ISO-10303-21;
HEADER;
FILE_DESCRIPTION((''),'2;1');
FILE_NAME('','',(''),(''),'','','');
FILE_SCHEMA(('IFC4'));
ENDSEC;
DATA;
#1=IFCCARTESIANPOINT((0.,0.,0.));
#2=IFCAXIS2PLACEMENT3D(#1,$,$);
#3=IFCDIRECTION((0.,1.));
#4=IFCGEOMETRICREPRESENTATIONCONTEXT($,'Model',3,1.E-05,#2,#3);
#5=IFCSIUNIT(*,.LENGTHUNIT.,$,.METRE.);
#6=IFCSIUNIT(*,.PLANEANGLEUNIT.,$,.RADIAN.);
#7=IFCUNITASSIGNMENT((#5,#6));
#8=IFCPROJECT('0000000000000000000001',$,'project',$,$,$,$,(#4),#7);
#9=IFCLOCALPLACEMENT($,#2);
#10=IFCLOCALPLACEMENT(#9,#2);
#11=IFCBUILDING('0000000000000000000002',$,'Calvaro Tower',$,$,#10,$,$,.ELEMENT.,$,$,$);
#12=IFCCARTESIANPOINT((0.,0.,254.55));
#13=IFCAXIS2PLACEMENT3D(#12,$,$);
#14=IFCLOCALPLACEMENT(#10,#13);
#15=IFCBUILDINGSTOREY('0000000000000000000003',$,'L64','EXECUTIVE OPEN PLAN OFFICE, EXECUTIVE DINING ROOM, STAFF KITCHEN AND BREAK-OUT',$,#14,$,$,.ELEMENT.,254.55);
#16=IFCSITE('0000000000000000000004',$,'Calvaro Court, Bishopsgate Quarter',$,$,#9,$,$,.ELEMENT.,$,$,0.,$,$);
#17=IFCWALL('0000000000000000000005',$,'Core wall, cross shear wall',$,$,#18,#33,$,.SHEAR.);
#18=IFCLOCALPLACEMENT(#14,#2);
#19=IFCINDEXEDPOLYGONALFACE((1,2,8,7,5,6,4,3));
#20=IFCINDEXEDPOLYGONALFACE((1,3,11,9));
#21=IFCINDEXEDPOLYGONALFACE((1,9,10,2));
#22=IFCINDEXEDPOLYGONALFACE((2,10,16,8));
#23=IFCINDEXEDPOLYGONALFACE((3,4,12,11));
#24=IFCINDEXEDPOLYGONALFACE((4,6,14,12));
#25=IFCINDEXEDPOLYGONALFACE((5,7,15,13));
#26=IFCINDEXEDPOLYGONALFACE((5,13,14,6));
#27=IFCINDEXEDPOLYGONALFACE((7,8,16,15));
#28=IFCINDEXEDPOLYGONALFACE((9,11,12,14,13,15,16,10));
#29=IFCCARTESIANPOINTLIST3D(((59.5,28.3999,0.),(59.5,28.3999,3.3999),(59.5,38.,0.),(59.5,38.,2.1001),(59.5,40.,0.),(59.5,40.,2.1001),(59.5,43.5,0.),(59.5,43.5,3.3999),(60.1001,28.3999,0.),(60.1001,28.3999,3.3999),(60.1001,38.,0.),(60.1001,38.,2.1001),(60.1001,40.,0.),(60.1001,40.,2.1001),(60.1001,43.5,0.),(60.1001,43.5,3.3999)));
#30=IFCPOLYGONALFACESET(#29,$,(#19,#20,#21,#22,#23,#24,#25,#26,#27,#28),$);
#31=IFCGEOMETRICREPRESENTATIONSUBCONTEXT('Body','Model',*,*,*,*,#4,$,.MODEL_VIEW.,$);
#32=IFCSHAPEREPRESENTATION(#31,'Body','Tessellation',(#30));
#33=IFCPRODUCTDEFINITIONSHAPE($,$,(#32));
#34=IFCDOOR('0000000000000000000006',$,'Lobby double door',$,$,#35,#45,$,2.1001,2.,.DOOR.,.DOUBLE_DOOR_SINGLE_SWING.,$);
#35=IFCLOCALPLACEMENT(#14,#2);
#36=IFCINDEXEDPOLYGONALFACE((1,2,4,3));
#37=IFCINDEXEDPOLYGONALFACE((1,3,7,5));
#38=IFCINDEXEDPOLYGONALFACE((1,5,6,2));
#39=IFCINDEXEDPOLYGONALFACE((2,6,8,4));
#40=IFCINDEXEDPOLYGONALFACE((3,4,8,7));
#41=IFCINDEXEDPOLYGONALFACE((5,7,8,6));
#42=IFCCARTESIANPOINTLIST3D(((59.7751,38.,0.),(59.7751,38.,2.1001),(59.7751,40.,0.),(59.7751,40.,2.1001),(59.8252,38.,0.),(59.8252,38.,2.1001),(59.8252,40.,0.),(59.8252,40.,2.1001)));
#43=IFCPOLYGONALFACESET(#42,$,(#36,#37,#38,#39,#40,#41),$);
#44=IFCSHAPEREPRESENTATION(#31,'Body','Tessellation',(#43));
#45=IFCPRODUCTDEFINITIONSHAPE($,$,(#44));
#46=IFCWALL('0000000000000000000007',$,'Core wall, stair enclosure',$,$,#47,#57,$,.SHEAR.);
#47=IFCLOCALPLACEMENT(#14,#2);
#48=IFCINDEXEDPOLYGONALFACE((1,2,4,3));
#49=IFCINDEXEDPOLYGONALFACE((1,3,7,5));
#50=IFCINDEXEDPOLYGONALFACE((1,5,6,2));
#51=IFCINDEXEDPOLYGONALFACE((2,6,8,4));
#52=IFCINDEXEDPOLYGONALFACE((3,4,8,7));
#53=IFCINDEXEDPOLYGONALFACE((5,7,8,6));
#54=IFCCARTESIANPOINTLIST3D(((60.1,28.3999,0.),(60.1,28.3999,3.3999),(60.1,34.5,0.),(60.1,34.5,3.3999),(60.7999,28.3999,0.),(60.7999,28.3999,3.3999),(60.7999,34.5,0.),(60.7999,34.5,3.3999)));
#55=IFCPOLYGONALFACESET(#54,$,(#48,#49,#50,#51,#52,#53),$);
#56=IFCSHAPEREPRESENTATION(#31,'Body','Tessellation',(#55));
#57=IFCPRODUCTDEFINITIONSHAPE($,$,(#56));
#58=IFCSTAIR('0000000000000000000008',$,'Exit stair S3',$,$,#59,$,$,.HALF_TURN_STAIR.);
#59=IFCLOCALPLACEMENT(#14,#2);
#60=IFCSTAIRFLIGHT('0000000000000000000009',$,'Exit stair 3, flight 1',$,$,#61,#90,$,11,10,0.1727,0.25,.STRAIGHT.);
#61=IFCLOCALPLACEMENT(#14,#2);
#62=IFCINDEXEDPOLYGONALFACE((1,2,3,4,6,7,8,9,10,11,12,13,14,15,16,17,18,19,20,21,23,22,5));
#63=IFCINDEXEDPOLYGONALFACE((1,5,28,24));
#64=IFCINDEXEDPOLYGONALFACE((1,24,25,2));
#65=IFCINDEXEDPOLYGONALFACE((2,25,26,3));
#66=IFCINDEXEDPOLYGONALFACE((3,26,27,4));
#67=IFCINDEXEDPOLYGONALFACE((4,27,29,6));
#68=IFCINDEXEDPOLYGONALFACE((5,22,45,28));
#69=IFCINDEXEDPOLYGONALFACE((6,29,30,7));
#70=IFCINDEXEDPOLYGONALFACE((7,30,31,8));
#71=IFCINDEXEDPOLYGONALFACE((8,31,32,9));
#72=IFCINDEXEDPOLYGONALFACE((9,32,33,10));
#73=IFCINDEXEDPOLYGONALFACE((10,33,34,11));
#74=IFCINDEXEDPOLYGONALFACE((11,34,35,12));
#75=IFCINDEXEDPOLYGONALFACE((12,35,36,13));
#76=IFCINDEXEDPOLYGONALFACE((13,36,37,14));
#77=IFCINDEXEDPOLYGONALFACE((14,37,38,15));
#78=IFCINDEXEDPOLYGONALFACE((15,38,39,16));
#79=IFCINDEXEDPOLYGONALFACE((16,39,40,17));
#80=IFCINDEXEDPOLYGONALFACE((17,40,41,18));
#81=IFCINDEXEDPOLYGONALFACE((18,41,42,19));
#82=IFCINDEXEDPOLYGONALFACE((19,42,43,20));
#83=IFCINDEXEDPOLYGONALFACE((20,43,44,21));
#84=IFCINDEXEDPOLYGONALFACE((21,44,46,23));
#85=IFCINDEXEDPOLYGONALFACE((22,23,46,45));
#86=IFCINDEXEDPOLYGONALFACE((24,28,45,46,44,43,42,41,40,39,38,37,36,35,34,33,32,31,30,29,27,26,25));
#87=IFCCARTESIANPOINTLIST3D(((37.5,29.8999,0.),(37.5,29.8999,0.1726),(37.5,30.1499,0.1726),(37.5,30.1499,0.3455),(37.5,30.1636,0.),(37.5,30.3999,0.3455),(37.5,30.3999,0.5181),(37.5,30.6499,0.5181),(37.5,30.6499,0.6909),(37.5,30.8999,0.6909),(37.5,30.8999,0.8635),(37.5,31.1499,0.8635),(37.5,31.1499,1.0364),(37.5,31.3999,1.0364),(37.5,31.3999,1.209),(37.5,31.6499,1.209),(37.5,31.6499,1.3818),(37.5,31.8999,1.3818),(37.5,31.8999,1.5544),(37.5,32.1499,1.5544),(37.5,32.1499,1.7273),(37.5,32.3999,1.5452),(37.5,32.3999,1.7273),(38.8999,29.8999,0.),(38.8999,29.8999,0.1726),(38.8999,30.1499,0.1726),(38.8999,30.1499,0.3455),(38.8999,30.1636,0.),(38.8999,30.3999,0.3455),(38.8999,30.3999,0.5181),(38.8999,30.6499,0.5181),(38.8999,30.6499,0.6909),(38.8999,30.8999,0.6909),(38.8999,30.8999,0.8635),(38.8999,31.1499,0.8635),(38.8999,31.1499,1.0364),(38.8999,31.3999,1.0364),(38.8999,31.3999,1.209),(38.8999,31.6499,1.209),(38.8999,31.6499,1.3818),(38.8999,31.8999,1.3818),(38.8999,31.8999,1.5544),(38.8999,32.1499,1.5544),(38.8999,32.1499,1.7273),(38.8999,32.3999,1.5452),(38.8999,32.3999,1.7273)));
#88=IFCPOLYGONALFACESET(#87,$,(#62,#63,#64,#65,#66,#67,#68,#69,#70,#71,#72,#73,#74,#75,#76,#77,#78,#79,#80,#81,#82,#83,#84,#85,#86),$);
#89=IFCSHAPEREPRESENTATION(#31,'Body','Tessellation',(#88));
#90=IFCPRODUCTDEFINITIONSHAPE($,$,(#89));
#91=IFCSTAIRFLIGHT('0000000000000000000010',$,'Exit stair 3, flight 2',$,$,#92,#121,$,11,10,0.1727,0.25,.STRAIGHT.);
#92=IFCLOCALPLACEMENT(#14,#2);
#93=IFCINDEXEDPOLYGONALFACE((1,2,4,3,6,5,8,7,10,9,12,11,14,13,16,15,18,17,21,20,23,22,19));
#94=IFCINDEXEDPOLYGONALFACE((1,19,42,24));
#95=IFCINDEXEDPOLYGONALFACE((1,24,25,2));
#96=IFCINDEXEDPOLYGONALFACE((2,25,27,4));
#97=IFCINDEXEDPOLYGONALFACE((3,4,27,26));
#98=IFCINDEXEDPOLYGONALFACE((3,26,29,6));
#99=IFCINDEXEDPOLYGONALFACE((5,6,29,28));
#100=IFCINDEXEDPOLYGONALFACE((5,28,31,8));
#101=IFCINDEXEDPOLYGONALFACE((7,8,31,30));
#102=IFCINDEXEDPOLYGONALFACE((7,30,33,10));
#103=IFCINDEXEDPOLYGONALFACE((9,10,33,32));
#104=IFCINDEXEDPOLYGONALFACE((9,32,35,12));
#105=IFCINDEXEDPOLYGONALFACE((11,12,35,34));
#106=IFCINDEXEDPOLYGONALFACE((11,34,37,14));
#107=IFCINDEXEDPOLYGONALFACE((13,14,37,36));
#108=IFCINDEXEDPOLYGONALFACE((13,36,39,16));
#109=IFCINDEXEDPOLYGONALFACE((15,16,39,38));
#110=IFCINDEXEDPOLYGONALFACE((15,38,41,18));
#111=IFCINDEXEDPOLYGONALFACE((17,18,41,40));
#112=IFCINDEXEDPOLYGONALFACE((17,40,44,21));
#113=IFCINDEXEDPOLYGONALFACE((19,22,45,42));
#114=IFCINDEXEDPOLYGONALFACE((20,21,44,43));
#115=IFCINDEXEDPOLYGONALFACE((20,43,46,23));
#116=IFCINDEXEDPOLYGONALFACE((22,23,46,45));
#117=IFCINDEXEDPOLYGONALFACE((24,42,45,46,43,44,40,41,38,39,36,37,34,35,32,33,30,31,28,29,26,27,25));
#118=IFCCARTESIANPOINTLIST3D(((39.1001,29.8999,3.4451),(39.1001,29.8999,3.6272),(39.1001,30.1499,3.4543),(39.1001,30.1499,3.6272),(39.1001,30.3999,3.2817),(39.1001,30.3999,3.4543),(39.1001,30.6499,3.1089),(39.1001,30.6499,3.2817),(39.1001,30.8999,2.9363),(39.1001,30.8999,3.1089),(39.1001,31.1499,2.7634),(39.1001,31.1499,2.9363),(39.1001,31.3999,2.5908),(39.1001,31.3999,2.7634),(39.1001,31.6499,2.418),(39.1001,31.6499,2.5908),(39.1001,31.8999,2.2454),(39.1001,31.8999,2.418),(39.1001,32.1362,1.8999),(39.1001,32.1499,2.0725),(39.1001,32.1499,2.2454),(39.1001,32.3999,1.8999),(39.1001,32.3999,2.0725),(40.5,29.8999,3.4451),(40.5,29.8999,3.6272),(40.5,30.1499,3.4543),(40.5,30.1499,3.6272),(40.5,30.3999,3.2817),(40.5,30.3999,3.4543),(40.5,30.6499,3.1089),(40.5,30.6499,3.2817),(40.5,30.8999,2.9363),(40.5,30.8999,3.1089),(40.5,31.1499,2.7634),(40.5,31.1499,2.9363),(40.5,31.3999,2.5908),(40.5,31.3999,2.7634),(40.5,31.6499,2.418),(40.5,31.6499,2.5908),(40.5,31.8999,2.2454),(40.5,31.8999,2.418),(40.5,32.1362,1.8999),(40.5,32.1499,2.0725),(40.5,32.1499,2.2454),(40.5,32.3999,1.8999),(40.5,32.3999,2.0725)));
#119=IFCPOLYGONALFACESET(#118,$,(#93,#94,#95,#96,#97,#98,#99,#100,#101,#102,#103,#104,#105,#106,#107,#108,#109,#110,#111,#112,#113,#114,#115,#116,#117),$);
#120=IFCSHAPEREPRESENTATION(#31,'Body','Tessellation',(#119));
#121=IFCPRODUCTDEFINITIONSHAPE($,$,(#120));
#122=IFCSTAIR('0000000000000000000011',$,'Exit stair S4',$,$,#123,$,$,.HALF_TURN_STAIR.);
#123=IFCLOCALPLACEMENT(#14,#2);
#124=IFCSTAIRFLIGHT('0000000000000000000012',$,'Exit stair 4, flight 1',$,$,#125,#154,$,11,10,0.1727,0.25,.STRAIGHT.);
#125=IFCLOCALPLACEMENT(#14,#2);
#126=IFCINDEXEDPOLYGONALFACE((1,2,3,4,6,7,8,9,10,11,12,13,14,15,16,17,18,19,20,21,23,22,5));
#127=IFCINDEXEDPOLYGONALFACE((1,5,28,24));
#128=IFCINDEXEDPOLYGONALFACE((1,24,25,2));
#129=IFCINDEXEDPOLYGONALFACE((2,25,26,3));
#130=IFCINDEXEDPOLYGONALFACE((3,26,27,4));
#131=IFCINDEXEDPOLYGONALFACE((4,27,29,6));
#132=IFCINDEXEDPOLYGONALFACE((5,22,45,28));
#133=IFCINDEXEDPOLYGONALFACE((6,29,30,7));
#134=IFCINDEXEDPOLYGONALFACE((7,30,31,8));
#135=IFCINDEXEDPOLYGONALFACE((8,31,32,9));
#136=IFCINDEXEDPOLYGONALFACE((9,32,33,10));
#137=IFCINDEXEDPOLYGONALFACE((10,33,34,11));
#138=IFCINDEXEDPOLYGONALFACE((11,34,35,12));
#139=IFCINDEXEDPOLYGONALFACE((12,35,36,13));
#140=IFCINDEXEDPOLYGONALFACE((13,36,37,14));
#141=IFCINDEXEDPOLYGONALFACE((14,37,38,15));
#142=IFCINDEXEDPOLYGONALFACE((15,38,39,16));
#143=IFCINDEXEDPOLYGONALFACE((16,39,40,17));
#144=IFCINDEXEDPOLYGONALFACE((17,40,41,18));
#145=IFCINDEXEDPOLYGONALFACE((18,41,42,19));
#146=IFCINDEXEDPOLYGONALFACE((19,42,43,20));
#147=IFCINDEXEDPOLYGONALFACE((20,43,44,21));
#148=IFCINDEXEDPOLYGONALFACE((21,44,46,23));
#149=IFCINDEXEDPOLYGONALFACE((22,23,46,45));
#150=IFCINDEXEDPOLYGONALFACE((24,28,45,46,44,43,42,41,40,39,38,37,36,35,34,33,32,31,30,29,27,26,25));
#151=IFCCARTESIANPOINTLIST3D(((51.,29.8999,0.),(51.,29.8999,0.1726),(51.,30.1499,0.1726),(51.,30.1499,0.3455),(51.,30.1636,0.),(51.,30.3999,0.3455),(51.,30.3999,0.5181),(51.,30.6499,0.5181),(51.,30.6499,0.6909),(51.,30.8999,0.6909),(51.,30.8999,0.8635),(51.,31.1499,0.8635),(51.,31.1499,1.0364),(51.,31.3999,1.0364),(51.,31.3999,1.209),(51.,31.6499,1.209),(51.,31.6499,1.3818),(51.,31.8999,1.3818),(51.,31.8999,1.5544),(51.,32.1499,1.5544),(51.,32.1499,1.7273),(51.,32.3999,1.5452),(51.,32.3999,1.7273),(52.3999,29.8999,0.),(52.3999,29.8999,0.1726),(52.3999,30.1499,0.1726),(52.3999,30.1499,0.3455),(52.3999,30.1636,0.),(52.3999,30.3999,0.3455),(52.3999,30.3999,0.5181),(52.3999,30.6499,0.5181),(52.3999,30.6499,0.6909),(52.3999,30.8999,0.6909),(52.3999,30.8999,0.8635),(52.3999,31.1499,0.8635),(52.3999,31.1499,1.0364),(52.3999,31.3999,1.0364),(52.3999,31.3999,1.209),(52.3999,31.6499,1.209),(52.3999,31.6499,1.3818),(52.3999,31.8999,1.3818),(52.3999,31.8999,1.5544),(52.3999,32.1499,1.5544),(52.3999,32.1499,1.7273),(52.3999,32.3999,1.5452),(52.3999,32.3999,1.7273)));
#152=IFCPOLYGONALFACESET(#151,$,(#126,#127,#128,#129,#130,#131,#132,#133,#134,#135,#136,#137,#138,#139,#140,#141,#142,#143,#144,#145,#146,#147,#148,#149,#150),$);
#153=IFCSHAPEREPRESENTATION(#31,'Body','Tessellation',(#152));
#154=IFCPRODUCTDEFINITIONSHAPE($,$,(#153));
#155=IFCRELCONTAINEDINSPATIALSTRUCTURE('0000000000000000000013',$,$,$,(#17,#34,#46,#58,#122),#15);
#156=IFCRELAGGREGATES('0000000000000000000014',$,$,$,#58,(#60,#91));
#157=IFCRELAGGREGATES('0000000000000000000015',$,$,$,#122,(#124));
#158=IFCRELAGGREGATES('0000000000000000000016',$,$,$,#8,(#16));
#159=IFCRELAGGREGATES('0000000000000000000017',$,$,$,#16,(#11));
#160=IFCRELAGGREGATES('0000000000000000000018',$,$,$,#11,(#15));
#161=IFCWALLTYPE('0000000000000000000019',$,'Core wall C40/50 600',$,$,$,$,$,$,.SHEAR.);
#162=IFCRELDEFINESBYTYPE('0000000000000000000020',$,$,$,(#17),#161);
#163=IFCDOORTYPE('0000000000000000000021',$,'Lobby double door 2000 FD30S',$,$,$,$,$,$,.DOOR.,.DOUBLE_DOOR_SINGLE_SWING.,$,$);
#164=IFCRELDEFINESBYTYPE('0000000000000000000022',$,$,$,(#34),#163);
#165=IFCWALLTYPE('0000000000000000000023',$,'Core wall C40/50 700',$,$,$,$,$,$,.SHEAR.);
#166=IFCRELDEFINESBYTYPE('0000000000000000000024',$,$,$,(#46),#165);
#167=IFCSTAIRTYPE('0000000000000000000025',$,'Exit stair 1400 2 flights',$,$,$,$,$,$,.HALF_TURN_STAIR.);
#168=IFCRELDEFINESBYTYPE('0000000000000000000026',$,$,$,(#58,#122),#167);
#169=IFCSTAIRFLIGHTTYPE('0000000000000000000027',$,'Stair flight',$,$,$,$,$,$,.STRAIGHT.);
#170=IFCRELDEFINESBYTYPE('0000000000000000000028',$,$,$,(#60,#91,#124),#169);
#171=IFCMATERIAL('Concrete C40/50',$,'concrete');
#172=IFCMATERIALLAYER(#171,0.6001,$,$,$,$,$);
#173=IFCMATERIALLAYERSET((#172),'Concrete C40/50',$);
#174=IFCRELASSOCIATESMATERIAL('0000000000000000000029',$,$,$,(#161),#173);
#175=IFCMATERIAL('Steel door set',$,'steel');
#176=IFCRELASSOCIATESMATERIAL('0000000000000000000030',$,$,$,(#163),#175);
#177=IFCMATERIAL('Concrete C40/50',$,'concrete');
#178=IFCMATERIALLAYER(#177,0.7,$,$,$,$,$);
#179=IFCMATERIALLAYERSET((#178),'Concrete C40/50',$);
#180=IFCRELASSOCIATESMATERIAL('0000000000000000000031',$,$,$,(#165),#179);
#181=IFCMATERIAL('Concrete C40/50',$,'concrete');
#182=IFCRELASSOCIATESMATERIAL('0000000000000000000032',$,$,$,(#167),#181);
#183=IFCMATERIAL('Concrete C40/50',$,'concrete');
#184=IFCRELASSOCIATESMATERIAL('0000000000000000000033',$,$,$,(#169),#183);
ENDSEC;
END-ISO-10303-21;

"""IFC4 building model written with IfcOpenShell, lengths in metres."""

from ifc_helpers import new_model, si_unit, direction, frame, frame_2d, origin, place, context, subcontext, project, spatial, polyline, rectangle, outline, extrude, material, layer, layer_set, type_object, element, fill, aggregate, save


model = new_model("IFC4")

# Units and contexts
model_context = context("Model", 3, precision=1e-05, world=origin(), true_north=direction((0.0, 1.0)))
body_context = subcontext(model_context, "Body", "Model", "MODEL_VIEW")
ifc_project = project(units=[si_unit("LENGTHUNIT", "METRE"), si_unit("PLANEANGLEUNIT", "RADIAN")], contexts=[model_context])

# Site, building, storey
site_placement = place(None, origin())
site = spatial("IfcSite", under=ifc_project, at=site_placement, Name="Calvaro Court, Bishopsgate Quarter", CompositionType="ELEMENT", RefElevation=0.0)
building_placement = place(site_placement, origin())
building = spatial("IfcBuilding", under=site, at=building_placement, Name="Calvaro Tower", CompositionType="ELEMENT")
storey_placement = place(building_placement, frame((0.0, 0.0, 254.55)))
storey = spatial("IfcBuildingStorey", under=building, at=storey_placement, Name="L64", Description="EXECUTIVE OPEN PLAN OFFICE, EXECUTIVE DINING ROOM, STAFF KITCHEN AND BREAK-OUT", CompositionType="ELEMENT", Elevation=254.55)

# Wall, opening, door
ifc_material_1 = material(Name="Concrete C40/50", Category="concrete")
ifc_layer_1 = layer(ifc_material_1, 0.6001)
ifc_layer_set_1 = layer_set([ifc_layer_1], Name="Concrete C40/50")
wall_type_1 = type_object("IfcWallType", Name="Core wall C40/50 600", PredefinedType="SHEAR", material=ifc_layer_set_1)
wall_1_placement = place(storey_placement, frame((59.8, 28.3999, 0.0), z_axis=(0.0, 0.0, 1.0), x_axis=(0.0, 1.0, 0.0)))
wall_1 = element("IfcWall", 1, at=wall_1_placement, inside=storey, type_object=wall_type_1, Name="Core wall, cross shear wall", PredefinedType="SHEAR", context=body_context, shape_type="SweptSolid", body=[
    extrude(rectangle(XDim=15.1001, YDim=0.6001, at=frame_2d((7.55, 0.0))), origin(), (0.0, 0.0, 1.0), 3.3999),
])
opening_placement = place(wall_1_placement, frame((9.6001, 0.0, 0.0)))
opening = element("IfcOpeningElement", 2, at=opening_placement, cuts=wall_1, PredefinedType="OPENING", context=body_context, shape_type="SweptSolid", body=[
    extrude(rectangle(XDim=2.0, YDim=2.1001, at=frame_2d((1.0, 1.05))), frame((0.0, 0.3101, 0.0), z_axis=(0.0, -1.0, 0.0), x_axis=(1.0, 0.0, 0.0)), (0.0, 0.0, 1.0), 0.6201),
])
ifc_material_2 = material(Name="Steel door set", Category="steel")
door_type = type_object("IfcDoorType", Name="Lobby double door 2000 FD30S", OperationType="DOUBLE_DOOR_SINGLE_SWING", PredefinedType="DOOR", material=ifc_material_2)
door_placement = place(opening_placement, origin())
door = element("IfcDoor", 3, at=door_placement, inside=storey, type_object=door_type, Name="Lobby double door", OperationType="DOUBLE_DOOR_SINGLE_SWING", OverallHeight=2.1001, OverallWidth=2.0, PredefinedType="DOOR", context=body_context, shape_type="SweptSolid", body=[
    extrude(rectangle(XDim=2.0, YDim=2.1001, at=frame_2d((1.0, 1.05))), frame((0.0, 0.0249, 0.0), z_axis=(0.0, -1.0, 0.0), x_axis=(1.0, 0.0, 0.0)), (0.0, 0.0, 1.0), 0.05),
])
fill(opening, door)

# Wall
ifc_material_3 = material(Name="Concrete C40/50", Category="concrete")
ifc_layer_2 = layer(ifc_material_3, 0.7)
ifc_layer_set_2 = layer_set([ifc_layer_2], Name="Concrete C40/50")
wall_type_2 = type_object("IfcWallType", Name="Core wall C40/50 700", PredefinedType="SHEAR", material=ifc_layer_set_2)
wall_2_placement = place(storey_placement, frame((60.45, 28.3999, 0.0), z_axis=(0.0, 0.0, 1.0), x_axis=(0.0, 1.0, 0.0)))
element("IfcWall", 4, at=wall_2_placement, inside=storey, type_object=wall_type_2, Name="Core wall, stair enclosure", PredefinedType="SHEAR", context=body_context, shape_type="SweptSolid", body=[
    extrude(rectangle(XDim=6.1001, YDim=0.7, at=frame_2d((3.05, 0.0))), origin(), (0.0, 0.0, 1.0), 3.3999),
])

# Stairs, stair flights
ifc_material_4 = material(Name="Concrete C40/50", Category="concrete")
stair_type = type_object("IfcStairType", Name="Exit stair 1400 2 flights", PredefinedType="HALF_TURN_STAIR", material=ifc_material_4)
stair_1_placement = place(storey_placement, origin())
stair_1 = element("IfcStair", 5, at=stair_1_placement, inside=storey, type_object=stair_type, Name="Exit stair S3", PredefinedType="HALF_TURN_STAIR")
ifc_material_5 = material(Name="Concrete C40/50", Category="concrete")
stair_flight_type = type_object("IfcStairFlightType", Name="Stair flight", PredefinedType="STRAIGHT", material=ifc_material_5)
stair_flight_1_placement = place(storey_placement, frame((38.2, 29.8999, 0.0), z_axis=(0.0, 0.0, 1.0), x_axis=(0.0, 1.0, 0.0)))
stair_flight_1 = element("IfcStairFlight", 6, at=stair_flight_1_placement, type_object=stair_flight_type, Name="Exit stair 3, flight 1", NumberOfRisers=11, NumberOfTreads=10, PredefinedType="STRAIGHT", RiserHeight=0.1727, TreadLength=0.25, context=body_context, shape_type="SweptSolid", body=[
    extrude(outline(polyline([(0.0, 0.0), (0.0, 0.1726), (0.25, 0.1726), (0.25, 0.3455), (0.5, 0.3455), (0.5, 0.5181), (0.75, 0.5181), (0.75, 0.6909), (1.0, 0.6909), (1.0, 0.8635), (1.25, 0.8635), (1.25, 1.0364), (1.5, 1.0364), (1.5, 1.209), (1.75, 1.209), (1.75, 1.3818), (2.0, 1.3818), (2.0, 1.5544), (2.25, 1.5544), (2.25, 1.7273), (2.5, 1.7273), (2.5, 1.8999), (2.5, 1.5452), (0.2637, 0.0), (0.0, 0.0)])), frame((0.0, 0.7, 0.0), z_axis=(0.0, -1.0, 0.0), x_axis=(1.0, 0.0, 0.0)), (0.0, 0.0, 1.0), 1.3999),
])
stair_flight_2_placement = place(storey_placement, frame((39.8, 32.3999, 1.8999), z_axis=(0.0, 0.0, 1.0), x_axis=(0.0, -1.0, 0.0)))
stair_flight_2 = element("IfcStairFlight", 7, at=stair_flight_2_placement, type_object=stair_flight_type, Name="Exit stair 3, flight 2", NumberOfRisers=11, NumberOfTreads=10, PredefinedType="STRAIGHT", RiserHeight=0.1727, TreadLength=0.25, context=body_context, shape_type="SweptSolid", body=[
    extrude(outline(polyline([(0.0, 0.0), (0.0, 0.1726), (0.25, 0.1726), (0.25, 0.3455), (0.5, 0.3455), (0.5, 0.5181), (0.75, 0.5181), (0.75, 0.6909), (1.0, 0.6909), (1.0, 0.8635), (1.25, 0.8635), (1.25, 1.0364), (1.5, 1.0364), (1.5, 1.209), (1.75, 1.209), (1.75, 1.3818), (2.0, 1.3818), (2.0, 1.5544), (2.25, 1.5544), (2.25, 1.7273), (2.5, 1.7273), (2.5, 1.8999), (2.5, 1.5452), (0.2637, 0.0), (0.0, 0.0)])), frame((0.0, 0.7, 0.0), z_axis=(0.0, -1.0, 0.0), x_axis=(1.0, 0.0, 0.0)), (0.0, 0.0, 1.0), 1.3999),
])
stair_2_placement = place(storey_placement, origin())
stair_2 = element("IfcStair", 8, at=stair_2_placement, inside=storey, type_object=stair_type, Name="Exit stair S4", PredefinedType="HALF_TURN_STAIR")
stair_flight_3_placement = place(storey_placement, frame((51.7, 29.8999, 0.0), z_axis=(0.0, 0.0, 1.0), x_axis=(0.0, 1.0, 0.0)))
stair_flight_3 = element("IfcStairFlight", 9, at=stair_flight_3_placement, type_object=stair_flight_type, Name="Exit stair 4, flight 1", NumberOfRisers=11, NumberOfTreads=10, PredefinedType="STRAIGHT", RiserHeight=0.1727, TreadLength=0.25, context=body_context, shape_type="SweptSolid", body=[
    extrude(outline(polyline([(0.0, 0.0), (0.0, 0.1726), (0.25, 0.1726), (0.25, 0.3455), (0.5, 0.3455), (0.5, 0.5181), (0.75, 0.5181), (0.75, 0.6909), (1.0, 0.6909), (1.0, 0.8635), (1.25, 0.8635), (1.25, 1.0364), (1.5, 1.0364), (1.5, 1.209), (1.75, 1.209), (1.75, 1.3818), (2.0, 1.3818), (2.0, 1.5544), (2.25, 1.5544), (2.25, 1.7273), (2.5, 1.7273), (2.5, 1.8999), (2.5, 1.5452), (0.2637, 0.0), (0.0, 0.0)])), frame((0.0, 0.7, 0.0), z_axis=(0.0, -1.0, 0.0), x_axis=(1.0, 0.0, 0.0)), (0.0, 0.0, 1.0), 1.3999),
])

aggregate(stair_1, [stair_flight_1, stair_flight_2])
aggregate(stair_2, [stair_flight_3])

save(model, "model.ifc")
